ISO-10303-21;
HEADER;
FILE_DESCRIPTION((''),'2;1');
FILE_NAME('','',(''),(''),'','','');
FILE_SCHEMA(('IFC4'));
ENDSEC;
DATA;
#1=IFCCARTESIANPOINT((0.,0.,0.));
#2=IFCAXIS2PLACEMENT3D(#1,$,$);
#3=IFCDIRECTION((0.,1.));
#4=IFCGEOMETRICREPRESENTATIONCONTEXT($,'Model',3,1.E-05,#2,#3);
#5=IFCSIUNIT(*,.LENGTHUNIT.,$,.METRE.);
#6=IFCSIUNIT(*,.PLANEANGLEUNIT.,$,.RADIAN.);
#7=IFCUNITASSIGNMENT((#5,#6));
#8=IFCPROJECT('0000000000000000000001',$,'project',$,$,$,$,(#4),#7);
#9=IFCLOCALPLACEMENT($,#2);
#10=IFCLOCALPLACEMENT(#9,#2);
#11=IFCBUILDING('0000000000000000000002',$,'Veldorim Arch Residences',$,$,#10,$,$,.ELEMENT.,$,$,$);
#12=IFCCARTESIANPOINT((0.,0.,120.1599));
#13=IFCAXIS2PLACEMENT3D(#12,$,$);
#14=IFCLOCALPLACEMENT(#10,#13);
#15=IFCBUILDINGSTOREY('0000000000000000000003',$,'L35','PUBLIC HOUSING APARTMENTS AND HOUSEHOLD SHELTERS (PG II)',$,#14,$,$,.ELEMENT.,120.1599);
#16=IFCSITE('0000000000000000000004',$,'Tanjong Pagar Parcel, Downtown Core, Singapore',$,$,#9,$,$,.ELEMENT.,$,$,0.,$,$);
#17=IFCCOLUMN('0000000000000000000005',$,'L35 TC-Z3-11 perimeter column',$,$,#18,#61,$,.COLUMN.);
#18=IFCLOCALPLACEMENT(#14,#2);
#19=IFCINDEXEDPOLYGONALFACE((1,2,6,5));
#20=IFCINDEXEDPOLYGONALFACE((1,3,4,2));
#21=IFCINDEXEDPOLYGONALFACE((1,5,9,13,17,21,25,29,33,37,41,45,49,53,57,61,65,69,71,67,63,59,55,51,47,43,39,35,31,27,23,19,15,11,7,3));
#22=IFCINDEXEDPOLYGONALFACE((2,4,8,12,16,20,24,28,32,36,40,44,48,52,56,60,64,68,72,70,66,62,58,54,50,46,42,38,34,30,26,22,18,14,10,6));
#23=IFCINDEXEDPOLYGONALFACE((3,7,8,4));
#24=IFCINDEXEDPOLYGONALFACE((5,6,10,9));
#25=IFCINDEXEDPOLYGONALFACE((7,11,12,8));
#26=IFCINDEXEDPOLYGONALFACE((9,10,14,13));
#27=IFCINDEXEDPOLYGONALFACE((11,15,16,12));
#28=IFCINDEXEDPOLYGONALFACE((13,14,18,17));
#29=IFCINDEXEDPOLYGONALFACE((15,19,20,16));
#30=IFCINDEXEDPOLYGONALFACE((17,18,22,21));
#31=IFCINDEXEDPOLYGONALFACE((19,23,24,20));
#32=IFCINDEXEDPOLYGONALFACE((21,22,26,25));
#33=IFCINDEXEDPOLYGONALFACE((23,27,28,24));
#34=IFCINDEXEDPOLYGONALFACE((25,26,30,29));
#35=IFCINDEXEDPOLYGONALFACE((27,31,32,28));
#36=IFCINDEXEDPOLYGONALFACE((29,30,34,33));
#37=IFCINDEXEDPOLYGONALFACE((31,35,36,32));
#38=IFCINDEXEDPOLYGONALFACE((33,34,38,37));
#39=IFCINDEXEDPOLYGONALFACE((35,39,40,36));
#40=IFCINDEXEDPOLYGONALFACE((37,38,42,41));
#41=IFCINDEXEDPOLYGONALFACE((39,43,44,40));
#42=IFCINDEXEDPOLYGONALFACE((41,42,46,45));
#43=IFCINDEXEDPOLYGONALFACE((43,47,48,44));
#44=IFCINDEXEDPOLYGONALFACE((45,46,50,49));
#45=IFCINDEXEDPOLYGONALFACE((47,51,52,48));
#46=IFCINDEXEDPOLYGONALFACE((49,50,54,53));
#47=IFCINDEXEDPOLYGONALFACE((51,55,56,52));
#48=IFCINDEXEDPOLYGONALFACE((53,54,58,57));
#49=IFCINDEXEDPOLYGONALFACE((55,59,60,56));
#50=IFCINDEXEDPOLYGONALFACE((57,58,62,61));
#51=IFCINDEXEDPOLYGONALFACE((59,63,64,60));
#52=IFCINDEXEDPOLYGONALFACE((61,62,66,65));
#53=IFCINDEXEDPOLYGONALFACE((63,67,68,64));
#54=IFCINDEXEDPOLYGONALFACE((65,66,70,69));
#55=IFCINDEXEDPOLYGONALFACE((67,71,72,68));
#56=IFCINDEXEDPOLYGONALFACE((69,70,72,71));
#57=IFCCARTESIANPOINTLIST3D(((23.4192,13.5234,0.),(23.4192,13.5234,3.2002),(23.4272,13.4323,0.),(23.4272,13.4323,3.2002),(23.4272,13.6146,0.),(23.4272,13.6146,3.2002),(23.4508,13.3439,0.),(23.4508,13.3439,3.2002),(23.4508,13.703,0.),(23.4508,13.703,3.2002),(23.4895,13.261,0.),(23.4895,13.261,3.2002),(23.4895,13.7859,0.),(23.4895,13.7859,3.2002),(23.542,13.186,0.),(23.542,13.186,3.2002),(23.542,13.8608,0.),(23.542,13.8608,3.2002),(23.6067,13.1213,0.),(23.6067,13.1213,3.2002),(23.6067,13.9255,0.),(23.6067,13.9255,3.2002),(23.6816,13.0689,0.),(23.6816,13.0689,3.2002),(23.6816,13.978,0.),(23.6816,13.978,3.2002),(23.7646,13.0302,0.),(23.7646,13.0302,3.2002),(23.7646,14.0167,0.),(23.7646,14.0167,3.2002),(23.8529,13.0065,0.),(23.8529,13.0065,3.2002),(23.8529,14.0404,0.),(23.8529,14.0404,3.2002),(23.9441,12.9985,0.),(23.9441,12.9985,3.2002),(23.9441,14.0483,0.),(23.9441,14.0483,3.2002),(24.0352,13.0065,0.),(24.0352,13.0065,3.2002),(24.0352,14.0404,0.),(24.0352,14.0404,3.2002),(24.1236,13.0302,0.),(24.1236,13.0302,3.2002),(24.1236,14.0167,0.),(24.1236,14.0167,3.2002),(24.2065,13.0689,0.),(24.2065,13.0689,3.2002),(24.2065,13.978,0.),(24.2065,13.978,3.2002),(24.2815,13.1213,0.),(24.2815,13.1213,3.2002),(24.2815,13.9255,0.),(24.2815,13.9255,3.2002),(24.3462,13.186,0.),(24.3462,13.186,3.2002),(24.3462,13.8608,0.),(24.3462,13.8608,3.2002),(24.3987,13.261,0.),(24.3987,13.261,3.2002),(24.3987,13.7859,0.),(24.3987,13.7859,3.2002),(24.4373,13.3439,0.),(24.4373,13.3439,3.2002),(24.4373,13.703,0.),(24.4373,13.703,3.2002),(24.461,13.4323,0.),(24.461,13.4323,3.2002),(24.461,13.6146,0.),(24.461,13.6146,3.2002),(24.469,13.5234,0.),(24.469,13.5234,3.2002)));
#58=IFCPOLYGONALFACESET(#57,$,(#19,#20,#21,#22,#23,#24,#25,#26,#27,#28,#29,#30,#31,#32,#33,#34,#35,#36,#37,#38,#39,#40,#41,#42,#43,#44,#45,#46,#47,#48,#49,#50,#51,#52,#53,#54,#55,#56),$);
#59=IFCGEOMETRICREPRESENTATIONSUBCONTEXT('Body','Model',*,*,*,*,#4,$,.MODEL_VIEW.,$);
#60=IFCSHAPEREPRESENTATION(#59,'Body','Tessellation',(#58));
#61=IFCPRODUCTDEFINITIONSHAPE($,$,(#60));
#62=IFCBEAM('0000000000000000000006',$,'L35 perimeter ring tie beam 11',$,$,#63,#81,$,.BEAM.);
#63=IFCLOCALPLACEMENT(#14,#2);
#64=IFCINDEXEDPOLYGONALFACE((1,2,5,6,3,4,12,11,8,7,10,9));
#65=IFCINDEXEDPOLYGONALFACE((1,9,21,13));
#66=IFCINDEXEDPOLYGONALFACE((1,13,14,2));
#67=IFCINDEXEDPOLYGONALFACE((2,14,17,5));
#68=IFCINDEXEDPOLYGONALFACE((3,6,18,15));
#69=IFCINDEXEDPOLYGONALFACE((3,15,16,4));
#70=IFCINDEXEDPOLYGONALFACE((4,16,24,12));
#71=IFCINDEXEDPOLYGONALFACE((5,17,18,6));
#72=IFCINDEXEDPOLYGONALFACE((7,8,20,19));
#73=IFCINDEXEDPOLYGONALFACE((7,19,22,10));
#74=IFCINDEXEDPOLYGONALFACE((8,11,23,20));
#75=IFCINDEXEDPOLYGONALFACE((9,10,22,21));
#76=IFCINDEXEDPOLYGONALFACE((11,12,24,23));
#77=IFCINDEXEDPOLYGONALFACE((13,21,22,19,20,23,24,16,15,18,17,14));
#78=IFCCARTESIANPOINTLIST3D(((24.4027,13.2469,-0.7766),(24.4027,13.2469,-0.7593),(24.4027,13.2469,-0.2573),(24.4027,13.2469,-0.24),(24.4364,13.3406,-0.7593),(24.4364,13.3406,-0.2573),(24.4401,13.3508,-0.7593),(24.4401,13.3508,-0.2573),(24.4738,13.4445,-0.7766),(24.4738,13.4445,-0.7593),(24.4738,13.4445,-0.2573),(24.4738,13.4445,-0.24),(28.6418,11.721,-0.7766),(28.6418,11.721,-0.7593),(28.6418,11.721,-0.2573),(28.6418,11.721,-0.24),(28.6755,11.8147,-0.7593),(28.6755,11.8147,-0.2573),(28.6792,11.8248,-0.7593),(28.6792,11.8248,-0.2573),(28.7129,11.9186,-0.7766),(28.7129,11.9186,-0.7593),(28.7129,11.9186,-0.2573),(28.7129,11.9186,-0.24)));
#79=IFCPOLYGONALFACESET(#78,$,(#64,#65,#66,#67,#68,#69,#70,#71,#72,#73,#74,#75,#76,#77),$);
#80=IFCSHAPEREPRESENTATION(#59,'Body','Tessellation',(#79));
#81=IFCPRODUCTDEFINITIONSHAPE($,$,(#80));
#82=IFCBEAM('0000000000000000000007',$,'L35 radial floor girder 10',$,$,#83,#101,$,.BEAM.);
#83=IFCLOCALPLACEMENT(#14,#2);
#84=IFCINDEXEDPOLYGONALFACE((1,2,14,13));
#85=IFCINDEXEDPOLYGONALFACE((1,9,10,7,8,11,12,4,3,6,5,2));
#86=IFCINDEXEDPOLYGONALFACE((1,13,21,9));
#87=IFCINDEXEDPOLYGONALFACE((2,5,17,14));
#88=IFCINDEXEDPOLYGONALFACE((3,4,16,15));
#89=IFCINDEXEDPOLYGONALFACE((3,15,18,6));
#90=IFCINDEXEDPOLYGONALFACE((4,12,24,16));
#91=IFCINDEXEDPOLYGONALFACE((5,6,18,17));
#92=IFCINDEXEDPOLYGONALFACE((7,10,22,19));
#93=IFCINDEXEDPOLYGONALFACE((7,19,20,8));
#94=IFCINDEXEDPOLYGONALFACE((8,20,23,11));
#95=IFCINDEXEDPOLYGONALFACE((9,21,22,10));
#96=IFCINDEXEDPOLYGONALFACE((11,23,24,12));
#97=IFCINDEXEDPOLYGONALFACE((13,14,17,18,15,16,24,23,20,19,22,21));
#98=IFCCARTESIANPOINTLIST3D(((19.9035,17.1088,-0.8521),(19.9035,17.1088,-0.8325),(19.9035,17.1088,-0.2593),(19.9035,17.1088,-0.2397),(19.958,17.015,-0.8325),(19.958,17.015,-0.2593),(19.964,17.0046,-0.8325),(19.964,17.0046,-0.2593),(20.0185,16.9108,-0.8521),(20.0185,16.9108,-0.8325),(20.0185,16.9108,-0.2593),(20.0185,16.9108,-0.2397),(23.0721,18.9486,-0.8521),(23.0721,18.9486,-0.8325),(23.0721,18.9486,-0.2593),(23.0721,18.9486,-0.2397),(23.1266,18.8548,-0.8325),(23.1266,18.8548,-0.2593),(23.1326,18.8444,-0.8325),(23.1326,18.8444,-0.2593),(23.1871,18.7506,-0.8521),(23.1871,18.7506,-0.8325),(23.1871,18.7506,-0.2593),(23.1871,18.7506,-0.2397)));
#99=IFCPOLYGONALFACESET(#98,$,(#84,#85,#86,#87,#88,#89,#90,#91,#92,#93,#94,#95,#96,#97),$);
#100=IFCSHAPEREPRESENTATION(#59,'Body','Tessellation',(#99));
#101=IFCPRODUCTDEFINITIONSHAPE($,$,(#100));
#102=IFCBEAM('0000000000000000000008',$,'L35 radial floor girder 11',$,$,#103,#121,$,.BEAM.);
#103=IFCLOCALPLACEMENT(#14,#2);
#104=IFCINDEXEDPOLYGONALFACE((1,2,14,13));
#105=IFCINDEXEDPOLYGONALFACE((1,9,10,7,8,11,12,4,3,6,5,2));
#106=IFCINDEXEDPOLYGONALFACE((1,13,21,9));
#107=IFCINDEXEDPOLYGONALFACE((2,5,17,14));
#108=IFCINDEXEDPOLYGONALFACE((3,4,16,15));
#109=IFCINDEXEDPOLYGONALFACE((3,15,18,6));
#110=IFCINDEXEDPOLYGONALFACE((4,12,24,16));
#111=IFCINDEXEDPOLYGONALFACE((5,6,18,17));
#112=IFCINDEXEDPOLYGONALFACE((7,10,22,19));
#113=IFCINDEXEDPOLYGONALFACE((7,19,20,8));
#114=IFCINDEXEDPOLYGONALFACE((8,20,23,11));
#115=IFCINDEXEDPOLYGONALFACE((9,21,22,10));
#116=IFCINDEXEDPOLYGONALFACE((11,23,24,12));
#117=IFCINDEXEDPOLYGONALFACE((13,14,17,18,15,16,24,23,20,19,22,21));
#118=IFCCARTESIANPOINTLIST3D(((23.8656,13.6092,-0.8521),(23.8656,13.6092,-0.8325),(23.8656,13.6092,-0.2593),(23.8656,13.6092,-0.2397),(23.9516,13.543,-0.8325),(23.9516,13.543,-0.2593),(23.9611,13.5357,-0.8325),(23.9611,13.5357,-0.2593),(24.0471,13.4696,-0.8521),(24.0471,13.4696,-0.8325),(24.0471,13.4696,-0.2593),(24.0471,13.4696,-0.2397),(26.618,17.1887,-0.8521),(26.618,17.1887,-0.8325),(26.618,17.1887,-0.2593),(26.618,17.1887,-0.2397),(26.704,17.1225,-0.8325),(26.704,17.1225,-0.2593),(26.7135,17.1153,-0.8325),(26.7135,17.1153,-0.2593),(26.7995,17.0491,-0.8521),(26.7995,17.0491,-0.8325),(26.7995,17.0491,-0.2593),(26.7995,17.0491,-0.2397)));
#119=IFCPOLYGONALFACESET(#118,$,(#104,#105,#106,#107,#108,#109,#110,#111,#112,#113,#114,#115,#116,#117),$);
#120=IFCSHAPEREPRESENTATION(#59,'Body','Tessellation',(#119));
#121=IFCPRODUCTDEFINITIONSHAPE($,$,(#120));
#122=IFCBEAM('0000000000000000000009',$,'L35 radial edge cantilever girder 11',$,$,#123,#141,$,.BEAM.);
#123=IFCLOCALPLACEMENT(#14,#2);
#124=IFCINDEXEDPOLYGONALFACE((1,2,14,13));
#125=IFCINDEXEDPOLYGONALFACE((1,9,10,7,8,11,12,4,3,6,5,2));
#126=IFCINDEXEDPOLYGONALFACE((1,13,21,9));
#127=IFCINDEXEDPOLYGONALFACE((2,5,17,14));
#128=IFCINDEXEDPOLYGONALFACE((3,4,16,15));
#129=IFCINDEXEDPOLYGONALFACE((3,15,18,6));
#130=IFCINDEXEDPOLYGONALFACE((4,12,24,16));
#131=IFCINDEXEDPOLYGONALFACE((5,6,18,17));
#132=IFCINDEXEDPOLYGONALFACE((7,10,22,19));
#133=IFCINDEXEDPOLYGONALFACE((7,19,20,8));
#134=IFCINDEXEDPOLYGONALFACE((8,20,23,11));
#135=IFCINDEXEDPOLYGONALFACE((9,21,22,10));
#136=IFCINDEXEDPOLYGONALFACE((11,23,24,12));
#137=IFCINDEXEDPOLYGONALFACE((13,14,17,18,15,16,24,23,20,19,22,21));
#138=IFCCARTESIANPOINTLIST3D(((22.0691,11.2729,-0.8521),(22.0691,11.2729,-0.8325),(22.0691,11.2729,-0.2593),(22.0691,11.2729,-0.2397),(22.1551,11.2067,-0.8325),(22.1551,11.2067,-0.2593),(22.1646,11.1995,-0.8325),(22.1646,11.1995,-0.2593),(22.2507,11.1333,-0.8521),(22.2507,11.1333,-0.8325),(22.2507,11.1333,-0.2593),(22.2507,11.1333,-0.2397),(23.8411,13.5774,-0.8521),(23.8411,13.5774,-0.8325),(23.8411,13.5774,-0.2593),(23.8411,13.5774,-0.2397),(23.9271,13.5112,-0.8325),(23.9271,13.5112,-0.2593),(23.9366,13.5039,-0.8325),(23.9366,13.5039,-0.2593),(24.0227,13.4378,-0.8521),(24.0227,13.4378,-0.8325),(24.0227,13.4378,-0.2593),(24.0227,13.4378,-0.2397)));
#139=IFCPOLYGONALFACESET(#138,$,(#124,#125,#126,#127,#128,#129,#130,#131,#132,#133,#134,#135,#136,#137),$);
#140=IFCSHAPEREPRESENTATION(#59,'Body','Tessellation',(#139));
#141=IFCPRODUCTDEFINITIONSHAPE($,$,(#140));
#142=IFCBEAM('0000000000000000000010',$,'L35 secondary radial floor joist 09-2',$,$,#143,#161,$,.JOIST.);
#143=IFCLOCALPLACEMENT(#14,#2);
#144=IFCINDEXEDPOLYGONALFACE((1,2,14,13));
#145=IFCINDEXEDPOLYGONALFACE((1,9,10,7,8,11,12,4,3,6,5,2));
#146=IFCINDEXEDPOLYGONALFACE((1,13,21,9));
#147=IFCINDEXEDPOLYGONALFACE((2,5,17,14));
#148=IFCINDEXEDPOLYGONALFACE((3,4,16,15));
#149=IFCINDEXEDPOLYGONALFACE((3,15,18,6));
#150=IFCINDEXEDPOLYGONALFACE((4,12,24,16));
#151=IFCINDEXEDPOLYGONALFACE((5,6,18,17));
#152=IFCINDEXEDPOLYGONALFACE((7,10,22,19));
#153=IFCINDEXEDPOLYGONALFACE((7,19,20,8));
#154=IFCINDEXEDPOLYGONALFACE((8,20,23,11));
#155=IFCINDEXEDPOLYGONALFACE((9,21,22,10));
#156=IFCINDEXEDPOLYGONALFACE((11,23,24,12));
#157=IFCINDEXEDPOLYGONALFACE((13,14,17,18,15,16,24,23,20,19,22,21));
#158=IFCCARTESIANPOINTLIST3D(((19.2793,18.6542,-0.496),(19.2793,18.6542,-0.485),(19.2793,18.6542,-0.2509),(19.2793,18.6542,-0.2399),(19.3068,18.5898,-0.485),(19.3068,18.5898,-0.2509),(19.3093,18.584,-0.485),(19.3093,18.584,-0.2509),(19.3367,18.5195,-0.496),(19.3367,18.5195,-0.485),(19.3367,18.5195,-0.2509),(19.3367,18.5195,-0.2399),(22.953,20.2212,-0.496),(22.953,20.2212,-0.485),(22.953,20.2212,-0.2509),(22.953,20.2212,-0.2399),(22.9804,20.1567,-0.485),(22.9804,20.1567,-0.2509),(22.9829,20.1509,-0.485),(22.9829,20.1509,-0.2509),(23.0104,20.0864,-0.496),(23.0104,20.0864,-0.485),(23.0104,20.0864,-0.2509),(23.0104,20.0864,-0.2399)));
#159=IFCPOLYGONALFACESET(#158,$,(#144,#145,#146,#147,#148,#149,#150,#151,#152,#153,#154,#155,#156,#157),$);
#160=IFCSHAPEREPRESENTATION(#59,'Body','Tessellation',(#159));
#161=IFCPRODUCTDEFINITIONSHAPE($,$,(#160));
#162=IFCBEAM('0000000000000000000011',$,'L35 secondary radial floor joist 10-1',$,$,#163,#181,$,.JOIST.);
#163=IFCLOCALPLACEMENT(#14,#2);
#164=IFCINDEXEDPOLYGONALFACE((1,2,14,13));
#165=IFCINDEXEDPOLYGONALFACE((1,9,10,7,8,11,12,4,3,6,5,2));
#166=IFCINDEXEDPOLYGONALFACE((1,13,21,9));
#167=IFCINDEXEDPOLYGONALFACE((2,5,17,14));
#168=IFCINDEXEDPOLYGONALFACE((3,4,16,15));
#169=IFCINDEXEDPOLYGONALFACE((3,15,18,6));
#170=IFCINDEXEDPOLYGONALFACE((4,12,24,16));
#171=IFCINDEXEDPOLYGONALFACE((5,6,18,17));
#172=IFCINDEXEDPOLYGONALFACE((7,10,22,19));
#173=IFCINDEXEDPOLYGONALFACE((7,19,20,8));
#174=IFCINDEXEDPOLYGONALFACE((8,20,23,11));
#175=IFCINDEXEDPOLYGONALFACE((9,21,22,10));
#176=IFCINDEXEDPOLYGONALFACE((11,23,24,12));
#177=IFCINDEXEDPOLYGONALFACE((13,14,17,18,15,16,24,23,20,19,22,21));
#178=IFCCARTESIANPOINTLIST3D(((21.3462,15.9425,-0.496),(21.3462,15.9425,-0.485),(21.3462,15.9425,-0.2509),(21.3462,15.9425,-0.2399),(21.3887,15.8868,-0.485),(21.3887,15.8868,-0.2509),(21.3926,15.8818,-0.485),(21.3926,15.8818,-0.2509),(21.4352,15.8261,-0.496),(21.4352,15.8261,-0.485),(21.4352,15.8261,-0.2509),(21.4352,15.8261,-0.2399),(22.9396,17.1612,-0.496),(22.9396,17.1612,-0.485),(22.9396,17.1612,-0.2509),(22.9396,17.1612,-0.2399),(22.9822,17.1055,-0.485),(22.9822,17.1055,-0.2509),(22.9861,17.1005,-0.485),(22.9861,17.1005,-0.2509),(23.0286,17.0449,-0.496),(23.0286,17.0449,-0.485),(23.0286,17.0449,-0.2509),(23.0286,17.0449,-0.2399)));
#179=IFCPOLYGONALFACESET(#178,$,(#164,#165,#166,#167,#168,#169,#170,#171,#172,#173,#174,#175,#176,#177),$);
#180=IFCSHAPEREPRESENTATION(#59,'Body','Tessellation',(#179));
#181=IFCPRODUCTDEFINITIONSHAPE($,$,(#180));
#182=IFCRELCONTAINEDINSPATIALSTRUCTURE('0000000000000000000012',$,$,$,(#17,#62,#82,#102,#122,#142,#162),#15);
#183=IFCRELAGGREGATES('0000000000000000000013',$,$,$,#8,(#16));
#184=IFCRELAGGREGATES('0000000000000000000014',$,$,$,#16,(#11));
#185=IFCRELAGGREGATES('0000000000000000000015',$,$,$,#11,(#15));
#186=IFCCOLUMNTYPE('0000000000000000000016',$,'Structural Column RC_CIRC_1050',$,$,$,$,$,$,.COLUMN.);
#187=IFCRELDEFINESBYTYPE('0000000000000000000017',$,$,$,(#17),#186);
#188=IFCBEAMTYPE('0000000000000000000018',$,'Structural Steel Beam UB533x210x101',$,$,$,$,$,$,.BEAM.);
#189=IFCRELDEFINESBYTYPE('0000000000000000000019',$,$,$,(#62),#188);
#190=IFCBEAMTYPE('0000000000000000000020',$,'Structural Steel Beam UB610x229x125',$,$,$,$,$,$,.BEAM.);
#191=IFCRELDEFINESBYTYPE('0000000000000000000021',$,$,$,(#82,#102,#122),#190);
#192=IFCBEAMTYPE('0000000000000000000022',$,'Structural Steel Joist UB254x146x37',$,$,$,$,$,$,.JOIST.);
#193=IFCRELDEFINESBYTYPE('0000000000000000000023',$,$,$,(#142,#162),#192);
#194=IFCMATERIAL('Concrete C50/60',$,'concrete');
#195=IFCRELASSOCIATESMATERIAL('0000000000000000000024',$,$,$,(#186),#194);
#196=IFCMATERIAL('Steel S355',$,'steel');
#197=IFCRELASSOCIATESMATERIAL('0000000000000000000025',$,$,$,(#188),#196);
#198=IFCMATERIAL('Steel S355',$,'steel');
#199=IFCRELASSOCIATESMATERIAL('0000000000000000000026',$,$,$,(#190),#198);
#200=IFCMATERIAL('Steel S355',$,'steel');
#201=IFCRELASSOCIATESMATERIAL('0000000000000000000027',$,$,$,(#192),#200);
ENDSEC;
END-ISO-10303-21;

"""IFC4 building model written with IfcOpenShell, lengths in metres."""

from ifc_helpers import new_model, si_unit, direction, frame, origin, origin_2d, place, context, subcontext, project, spatial, circle, i_section, extrude, material, material_profile, profile_set, type_object, element, save


model = new_model("IFC4")

# Units and contexts
model_context = context("Model", 3, precision=1e-05, world=origin(), true_north=direction((0.0, 1.0)))
body_context = subcontext(model_context, "Body", "Model", "MODEL_VIEW")
ifc_project = project(units=[si_unit("LENGTHUNIT", "METRE"), si_unit("PLANEANGLEUNIT", "RADIAN")], contexts=[model_context])

# Site, building, storey
site_placement = place(None, origin())
site = spatial("IfcSite", under=ifc_project, at=site_placement, Name="Tanjong Pagar Parcel, Downtown Core, Singapore", CompositionType="ELEMENT", RefElevation=0.0)
building_placement = place(site_placement, origin())
building = spatial("IfcBuilding", under=site, at=building_placement, Name="Veldorim Arch Residences", CompositionType="ELEMENT")
storey_placement = place(building_placement, frame((0.0, 0.0, 120.1599)))
storey = spatial("IfcBuildingStorey", under=building, at=storey_placement, Name="L35", Description="PUBLIC HOUSING APARTMENTS AND HOUSEHOLD SHELTERS (PG II)", CompositionType="ELEMENT", Elevation=120.1599)

# Column
ifc_material_1 = material(Name="Concrete C50/60", Category="concrete")
ifc_material_profile_1 = material_profile(ifc_material_1, circle(Radius=0.5249, at=origin_2d()), Name="RC_CIRC_1050")
ifc_profile_set_1 = profile_set([ifc_material_profile_1], Name="Concrete C50/60")
column_type = type_object("IfcColumnType", Name="Structural Column RC_CIRC_1050", PredefinedType="COLUMN", material=ifc_profile_set_1)
column_placement = place(storey_placement, frame((23.9441, 13.5234, 0.0), z_axis=(0.0, 0.0, 1.0), x_axis=(1.0, 0.0, 0.0)))
element("IfcColumn", 1, at=column_placement, inside=storey, type_object=column_type, Name="L35 TC-Z3-11 perimeter column", PredefinedType="COLUMN", context=body_context, shape_type="SweptSolid", body=[
    extrude(circle(Radius=0.5249, at=origin_2d()), origin(), (0.0, 0.0, 1.0), 3.2002),
])

# Beams
ifc_material_2 = material(Name="Steel S355", Category="steel")
ifc_material_profile_2 = material_profile(ifc_material_2, i_section(OverallWidth=0.21, OverallDepth=0.5366, WebThickness=0.0107, FlangeThickness=0.0173, at=origin_2d()), Name="UB533x210x101")
ifc_profile_set_2 = profile_set([ifc_material_profile_2], Name="Steel S355")
beam_type_1 = type_object("IfcBeamType", Name="Structural Steel Beam UB533x210x101", PredefinedType="BEAM", material=ifc_profile_set_2)
beam_1_placement = place(storey_placement, frame((24.4382, 13.3457, -0.5083), z_axis=(0.940899, -0.338687, 0.0), x_axis=(0.338687, 0.940899, 0.0)))
element("IfcBeam", 2, at=beam_1_placement, inside=storey, type_object=beam_type_1, Name="L35 perimeter ring tie beam 11", PredefinedType="BEAM", context=body_context, shape_type="SweptSolid", body=[
    extrude(i_section(OverallWidth=0.21, OverallDepth=0.5366, WebThickness=0.0107, FlangeThickness=0.0173, at=origin_2d()), origin(), (0.0, 0.0, 1.0), 4.5054),
])
ifc_material_3 = material(Name="Steel S355", Category="steel")
ifc_material_profile_3 = material_profile(ifc_material_3, i_section(OverallWidth=0.229, OverallDepth=0.6123, WebThickness=0.012, FlangeThickness=0.0195, at=origin_2d()), Name="UB610x229x125")
ifc_profile_set_3 = profile_set([ifc_material_profile_3], Name="Steel S355")
beam_type_2 = type_object("IfcBeamType", Name="Structural Steel Beam UB610x229x125", PredefinedType="BEAM", material=ifc_profile_set_3)
beam_2_placement = place(storey_placement, frame((23.1296, 18.8496, -0.5459), z_axis=(-0.864795, -0.502126, 0.0), x_axis=(0.502126, -0.864795, 0.0)))
element("IfcBeam", 3, at=beam_2_placement, inside=storey, type_object=beam_type_2, Name="L35 radial floor girder 10", PredefinedType="BEAM", context=body_context, shape_type="SweptSolid", body=[
    extrude(i_section(OverallWidth=0.229, OverallDepth=0.6123, WebThickness=0.012, FlangeThickness=0.0195, at=origin_2d()), origin(), (0.0, 0.0, 1.0), 3.6641),
])
beam_3_placement = place(storey_placement, frame((26.7087, 17.1189, -0.5459), z_axis=(-0.609559, -0.792741, 0.0), x_axis=(0.792741, -0.609559, 0.0)))
element("IfcBeam", 4, at=beam_3_placement, inside=storey, type_object=beam_type_2, Name="L35 radial floor girder 11", PredefinedType="BEAM", context=body_context, shape_type="SweptSolid", body=[
    extrude(i_section(OverallWidth=0.229, OverallDepth=0.6123, WebThickness=0.012, FlangeThickness=0.0195, at=origin_2d()), origin(), (0.0, 0.0, 1.0), 4.5154),
])
beam_4_placement = place(storey_placement, frame((23.9319, 13.5076, -0.5459), z_axis=(-0.609565, -0.792736, 0.0), x_axis=(0.792736, -0.609565, 0.0)))
element("IfcBeam", 5, at=beam_4_placement, inside=storey, type_object=beam_type_2, Name="L35 radial edge cantilever girder 11", PredefinedType="BEAM", context=body_context, shape_type="SweptSolid", body=[
    extrude(i_section(OverallWidth=0.229, OverallDepth=0.6123, WebThickness=0.012, FlangeThickness=0.0195, at=origin_2d()), origin(), (0.0, 0.0, 1.0), 2.907),
])
ifc_material_4 = material(Name="Steel S355", Category="steel")
ifc_material_profile_4 = material_profile(ifc_material_4, i_section(OverallWidth=0.1465, OverallDepth=0.2561, WebThickness=0.0063, FlangeThickness=0.011, at=origin_2d()), Name="UB254x146x37")
ifc_profile_set_4 = profile_set([ifc_material_profile_4], Name="Steel S355")
beam_type_3 = type_object("IfcBeamType", Name="Structural Steel Joist UB254x146x37", PredefinedType="JOIST", material=ifc_profile_set_4)
beam_5_placement = place(storey_placement, frame((22.9817, 20.1538, -0.3679), z_axis=(-0.919823, -0.392332, 0.0), x_axis=(0.392332, -0.919823, 0.0)))
element("IfcBeam", 6, at=beam_5_placement, inside=storey, type_object=beam_type_3, Name="L35 secondary radial floor joist 09-2", PredefinedType="JOIST", context=body_context, shape_type="SweptSolid", body=[
    extrude(i_section(OverallWidth=0.1465, OverallDepth=0.2561, WebThickness=0.0063, FlangeThickness=0.011, at=origin_2d()), origin(), (0.0, 0.0, 1.0), 3.9939),
])
beam_6_placement = place(storey_placement, frame((22.9841, 17.103, -0.3679), z_axis=(-0.794313, -0.607509, 0.0), x_axis=(0.607509, -0.794313, 0.0)))
element("IfcBeam", 7, at=beam_6_placement, inside=storey, type_object=beam_type_3, Name="L35 secondary radial floor joist 10-1", PredefinedType="JOIST", context=body_context, shape_type="SweptSolid", body=[
    extrude(i_section(OverallWidth=0.1465, OverallDepth=0.2561, WebThickness=0.0063, FlangeThickness=0.011, at=origin_2d()), origin(), (0.0, 0.0, 1.0), 2.0061),
])

save(model, "model.ifc")
